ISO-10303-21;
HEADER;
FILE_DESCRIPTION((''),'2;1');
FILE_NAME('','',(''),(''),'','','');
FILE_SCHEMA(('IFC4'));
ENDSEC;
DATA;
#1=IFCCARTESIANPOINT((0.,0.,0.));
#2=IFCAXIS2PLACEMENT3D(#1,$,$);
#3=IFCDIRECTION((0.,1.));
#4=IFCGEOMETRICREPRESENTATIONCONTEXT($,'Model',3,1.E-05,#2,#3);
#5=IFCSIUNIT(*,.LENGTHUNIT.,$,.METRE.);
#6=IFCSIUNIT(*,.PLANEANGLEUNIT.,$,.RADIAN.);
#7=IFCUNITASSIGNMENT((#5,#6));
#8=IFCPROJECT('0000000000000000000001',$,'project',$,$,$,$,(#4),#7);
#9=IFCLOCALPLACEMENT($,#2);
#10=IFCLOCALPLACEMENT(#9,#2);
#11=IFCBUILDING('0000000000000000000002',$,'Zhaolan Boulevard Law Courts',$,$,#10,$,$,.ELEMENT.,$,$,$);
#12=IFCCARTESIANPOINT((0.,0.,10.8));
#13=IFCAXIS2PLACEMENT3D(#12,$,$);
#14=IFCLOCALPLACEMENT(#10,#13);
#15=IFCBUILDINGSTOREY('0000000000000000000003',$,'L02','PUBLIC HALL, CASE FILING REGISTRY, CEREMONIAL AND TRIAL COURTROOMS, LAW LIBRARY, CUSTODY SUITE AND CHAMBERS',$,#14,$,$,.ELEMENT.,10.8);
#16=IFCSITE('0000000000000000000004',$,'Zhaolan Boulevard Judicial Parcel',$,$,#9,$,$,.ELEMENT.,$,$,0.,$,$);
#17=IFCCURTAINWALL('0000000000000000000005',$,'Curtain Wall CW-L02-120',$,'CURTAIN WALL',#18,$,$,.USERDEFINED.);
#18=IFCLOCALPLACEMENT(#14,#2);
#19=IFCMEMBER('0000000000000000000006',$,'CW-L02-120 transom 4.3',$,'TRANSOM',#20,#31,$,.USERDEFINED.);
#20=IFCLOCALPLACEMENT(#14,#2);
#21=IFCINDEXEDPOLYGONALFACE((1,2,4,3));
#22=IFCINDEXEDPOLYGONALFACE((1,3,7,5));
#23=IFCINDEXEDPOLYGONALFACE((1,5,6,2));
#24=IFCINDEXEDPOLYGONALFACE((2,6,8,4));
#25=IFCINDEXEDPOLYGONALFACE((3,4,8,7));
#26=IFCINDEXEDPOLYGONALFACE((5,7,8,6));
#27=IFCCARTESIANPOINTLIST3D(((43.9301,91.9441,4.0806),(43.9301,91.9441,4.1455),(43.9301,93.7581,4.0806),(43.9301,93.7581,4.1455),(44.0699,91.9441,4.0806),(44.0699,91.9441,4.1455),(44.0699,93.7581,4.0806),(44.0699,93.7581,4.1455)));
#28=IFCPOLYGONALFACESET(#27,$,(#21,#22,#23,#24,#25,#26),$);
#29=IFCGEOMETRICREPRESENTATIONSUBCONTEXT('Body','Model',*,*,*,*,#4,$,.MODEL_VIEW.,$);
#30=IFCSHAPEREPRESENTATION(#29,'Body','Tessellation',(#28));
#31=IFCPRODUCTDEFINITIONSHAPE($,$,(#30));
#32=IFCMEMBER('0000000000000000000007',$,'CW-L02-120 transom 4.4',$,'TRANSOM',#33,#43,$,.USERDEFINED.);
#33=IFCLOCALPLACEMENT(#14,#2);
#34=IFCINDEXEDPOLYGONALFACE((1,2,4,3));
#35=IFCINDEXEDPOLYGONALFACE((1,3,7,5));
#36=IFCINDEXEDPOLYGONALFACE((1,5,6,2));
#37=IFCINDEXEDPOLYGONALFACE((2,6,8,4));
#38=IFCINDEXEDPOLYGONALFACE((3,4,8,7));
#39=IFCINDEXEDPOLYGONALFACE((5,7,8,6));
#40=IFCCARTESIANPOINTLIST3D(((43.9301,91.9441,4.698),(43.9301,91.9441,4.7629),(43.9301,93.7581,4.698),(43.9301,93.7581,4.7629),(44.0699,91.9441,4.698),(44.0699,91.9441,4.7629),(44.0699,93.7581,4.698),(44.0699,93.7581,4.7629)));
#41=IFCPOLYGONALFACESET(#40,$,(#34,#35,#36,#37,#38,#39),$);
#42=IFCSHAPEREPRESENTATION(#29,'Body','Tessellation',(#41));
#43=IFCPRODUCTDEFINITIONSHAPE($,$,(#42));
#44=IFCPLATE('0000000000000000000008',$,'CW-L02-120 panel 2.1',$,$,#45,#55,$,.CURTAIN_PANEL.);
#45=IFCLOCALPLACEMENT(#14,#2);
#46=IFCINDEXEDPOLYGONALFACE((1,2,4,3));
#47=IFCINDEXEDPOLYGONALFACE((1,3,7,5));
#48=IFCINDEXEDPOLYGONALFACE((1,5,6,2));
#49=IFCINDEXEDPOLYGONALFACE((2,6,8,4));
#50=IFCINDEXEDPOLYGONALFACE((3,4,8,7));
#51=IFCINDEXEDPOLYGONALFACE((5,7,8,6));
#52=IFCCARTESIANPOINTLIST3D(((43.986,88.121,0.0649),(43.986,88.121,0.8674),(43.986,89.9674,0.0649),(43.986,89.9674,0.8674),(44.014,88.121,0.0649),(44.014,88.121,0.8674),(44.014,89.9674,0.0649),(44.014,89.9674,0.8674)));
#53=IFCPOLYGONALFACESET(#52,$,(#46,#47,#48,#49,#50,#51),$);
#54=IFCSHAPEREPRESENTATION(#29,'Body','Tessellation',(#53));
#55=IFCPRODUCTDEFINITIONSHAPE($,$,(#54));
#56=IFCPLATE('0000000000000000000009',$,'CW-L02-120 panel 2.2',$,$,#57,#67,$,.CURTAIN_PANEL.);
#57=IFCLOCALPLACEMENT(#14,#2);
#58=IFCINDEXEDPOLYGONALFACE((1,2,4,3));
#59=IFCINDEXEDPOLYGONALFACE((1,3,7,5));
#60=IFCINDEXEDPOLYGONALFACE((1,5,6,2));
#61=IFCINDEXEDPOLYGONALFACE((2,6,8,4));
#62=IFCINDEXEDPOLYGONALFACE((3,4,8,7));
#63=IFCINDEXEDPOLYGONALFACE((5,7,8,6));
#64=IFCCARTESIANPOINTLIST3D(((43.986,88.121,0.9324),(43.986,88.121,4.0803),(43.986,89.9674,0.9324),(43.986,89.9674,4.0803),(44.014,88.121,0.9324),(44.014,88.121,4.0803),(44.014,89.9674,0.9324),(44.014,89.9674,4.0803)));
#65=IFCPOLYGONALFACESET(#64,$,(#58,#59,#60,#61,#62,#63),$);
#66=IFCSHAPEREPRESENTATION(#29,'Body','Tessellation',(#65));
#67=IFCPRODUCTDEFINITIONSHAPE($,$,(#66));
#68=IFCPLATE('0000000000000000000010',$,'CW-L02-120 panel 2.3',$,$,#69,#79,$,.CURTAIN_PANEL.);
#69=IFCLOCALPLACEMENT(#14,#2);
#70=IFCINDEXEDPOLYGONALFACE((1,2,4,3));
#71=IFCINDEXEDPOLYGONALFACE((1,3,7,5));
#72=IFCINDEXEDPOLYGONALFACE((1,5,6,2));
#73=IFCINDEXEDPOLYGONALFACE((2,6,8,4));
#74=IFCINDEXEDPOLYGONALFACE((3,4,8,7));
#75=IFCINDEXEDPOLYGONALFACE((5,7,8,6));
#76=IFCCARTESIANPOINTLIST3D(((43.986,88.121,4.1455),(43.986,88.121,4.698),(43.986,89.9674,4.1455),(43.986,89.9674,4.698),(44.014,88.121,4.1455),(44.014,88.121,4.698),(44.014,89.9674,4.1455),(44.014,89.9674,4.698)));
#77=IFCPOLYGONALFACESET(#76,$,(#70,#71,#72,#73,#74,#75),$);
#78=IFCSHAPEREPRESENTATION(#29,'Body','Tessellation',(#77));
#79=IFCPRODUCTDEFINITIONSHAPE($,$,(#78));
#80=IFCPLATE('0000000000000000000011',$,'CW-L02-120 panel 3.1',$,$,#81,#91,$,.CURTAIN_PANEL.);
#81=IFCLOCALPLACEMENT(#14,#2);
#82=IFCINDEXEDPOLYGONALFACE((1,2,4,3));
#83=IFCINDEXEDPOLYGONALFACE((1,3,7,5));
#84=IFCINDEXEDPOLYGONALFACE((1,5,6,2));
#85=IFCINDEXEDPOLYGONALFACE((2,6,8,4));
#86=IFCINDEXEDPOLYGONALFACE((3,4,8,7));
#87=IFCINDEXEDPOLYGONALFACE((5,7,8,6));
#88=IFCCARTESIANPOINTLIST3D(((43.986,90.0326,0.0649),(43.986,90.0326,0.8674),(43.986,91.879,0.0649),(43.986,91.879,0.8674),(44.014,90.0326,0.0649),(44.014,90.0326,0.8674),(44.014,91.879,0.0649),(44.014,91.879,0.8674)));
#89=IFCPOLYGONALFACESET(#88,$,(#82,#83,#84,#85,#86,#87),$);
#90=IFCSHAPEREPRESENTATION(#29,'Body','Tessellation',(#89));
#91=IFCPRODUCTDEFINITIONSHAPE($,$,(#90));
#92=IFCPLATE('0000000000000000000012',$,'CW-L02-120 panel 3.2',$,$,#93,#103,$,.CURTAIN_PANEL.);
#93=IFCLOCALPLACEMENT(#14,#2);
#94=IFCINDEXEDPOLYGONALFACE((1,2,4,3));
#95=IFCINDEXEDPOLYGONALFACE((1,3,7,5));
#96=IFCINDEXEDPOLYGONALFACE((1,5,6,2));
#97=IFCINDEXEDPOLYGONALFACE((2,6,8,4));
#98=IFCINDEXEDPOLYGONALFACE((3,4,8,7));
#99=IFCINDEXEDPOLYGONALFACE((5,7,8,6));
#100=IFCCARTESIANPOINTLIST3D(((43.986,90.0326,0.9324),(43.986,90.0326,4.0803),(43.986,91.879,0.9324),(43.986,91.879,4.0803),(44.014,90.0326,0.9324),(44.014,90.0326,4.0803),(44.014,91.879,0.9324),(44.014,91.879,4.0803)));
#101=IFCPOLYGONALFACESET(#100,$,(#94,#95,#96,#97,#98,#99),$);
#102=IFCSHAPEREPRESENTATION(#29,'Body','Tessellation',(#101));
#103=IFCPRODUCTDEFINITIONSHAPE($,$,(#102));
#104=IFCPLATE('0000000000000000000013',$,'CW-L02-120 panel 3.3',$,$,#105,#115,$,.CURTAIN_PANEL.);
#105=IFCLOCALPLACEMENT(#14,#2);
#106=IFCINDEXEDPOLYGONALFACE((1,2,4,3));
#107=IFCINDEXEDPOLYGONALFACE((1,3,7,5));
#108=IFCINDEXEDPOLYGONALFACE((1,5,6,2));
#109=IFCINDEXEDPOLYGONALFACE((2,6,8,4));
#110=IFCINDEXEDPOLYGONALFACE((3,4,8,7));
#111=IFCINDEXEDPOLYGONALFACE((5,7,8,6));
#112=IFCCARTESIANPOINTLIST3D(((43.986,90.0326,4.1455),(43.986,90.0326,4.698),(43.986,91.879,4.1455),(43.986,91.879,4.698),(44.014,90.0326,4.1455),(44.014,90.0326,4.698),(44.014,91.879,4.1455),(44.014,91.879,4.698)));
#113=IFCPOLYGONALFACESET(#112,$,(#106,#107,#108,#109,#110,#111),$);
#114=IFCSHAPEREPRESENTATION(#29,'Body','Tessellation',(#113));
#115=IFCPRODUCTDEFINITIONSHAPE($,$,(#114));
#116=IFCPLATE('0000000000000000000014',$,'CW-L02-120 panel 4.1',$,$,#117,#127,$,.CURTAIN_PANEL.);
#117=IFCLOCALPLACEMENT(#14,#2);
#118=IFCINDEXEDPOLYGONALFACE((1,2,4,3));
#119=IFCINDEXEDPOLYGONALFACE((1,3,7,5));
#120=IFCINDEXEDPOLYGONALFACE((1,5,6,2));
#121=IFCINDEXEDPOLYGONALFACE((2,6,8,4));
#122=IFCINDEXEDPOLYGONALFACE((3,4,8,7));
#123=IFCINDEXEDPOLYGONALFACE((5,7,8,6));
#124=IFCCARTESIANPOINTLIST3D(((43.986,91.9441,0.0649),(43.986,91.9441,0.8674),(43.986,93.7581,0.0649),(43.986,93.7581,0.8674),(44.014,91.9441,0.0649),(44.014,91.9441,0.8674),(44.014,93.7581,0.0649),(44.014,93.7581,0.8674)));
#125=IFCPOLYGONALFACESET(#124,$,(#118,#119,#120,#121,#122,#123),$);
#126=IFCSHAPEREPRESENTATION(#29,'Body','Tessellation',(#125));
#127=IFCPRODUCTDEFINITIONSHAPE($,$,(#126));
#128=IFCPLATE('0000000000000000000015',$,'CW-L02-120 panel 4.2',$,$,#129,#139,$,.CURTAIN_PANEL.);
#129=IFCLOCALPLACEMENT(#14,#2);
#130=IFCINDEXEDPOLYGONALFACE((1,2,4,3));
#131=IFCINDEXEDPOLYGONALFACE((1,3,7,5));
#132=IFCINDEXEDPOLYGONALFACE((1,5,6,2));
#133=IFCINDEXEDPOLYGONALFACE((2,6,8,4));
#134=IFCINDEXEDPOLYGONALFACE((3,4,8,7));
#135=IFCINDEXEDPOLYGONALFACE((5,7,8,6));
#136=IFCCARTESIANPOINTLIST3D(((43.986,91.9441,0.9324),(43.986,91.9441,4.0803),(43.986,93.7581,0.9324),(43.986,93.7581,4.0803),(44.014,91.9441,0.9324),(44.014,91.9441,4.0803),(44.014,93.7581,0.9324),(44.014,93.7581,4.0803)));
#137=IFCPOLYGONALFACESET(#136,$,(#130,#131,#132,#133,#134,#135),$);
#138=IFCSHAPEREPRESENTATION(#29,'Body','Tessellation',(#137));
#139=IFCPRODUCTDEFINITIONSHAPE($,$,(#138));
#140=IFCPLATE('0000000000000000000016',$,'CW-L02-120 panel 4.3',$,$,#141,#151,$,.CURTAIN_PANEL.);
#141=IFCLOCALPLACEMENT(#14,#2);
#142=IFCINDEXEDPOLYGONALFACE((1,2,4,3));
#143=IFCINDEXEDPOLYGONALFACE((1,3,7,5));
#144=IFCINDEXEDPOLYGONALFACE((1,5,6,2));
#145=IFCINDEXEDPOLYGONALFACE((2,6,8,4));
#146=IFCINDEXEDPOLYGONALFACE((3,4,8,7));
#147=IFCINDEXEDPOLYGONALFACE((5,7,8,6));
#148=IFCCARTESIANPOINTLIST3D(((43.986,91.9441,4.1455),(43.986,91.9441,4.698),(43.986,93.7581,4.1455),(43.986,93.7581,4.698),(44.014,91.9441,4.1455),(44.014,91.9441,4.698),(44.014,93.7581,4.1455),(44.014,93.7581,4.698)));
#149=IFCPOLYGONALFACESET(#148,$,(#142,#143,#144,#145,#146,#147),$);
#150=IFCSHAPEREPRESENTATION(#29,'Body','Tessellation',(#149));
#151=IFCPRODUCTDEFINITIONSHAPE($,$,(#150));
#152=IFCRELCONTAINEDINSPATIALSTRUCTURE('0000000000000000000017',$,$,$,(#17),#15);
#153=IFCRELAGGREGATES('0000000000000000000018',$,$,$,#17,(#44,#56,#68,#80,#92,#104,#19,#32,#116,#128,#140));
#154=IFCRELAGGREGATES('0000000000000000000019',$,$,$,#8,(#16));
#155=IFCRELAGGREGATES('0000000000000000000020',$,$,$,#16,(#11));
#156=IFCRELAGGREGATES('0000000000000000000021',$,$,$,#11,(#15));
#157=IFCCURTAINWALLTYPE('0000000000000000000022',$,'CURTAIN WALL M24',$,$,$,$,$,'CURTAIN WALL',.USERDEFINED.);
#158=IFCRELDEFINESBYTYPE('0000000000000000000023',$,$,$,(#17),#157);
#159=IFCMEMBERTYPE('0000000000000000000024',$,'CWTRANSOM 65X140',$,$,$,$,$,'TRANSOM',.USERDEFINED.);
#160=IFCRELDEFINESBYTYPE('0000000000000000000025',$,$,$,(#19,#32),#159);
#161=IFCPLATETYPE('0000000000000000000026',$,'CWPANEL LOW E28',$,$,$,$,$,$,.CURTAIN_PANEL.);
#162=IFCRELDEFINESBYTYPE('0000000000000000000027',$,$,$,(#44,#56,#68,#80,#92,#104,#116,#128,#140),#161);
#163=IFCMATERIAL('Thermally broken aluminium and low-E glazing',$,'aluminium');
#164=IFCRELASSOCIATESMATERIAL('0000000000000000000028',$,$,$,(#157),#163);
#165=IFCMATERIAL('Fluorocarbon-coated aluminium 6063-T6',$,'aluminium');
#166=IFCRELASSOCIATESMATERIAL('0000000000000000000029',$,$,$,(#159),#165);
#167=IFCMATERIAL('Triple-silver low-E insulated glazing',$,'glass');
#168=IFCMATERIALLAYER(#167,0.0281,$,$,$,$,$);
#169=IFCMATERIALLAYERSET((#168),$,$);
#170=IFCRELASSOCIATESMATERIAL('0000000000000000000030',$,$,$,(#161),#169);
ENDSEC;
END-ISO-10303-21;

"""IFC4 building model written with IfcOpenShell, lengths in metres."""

from ifc_helpers import new_model, si_unit, direction, frame, origin, origin_2d, place, context, subcontext, project, spatial, rectangle, extrude, material, layer, layer_set, material_profile, profile_set, type_object, element, aggregate, save


model = new_model("IFC4")

# Units and contexts
model_context = context("Model", 3, precision=1e-05, world=origin(), true_north=direction((0.0, 1.0)))
body_context = subcontext(model_context, "Body", "Model", "MODEL_VIEW")
ifc_project = project(units=[si_unit("LENGTHUNIT", "METRE"), si_unit("PLANEANGLEUNIT", "RADIAN")], contexts=[model_context])

# Site, building, storey
site_placement = place(None, origin())
site = spatial("IfcSite", under=ifc_project, at=site_placement, Name="Zhaolan Boulevard Judicial Parcel", CompositionType="ELEMENT", RefElevation=0.0)
building_placement = place(site_placement, origin())
building = spatial("IfcBuilding", under=site, at=building_placement, Name="Zhaolan Boulevard Law Courts", CompositionType="ELEMENT")
storey_placement = place(building_placement, frame((0.0, 0.0, 10.8)))
storey = spatial("IfcBuildingStorey", under=building, at=storey_placement, Name="L02", Description="PUBLIC HALL, CASE FILING REGISTRY, CEREMONIAL AND TRIAL COURTROOMS, LAW LIBRARY, CUSTODY SUITE AND CHAMBERS", CompositionType="ELEMENT", Elevation=10.8)

# Curtain wall, members, plates
ifc_material_1 = material(Name="Thermally broken aluminium and low-E glazing", Category="aluminium")
curtain_wall_type = type_object("IfcCurtainWallType", Name="CURTAIN WALL M24", ElementType="CURTAIN WALL", PredefinedType="USERDEFINED", material=ifc_material_1)
curtain_wall_placement = place(storey_placement, origin())
curtain_wall = element("IfcCurtainWall", 1, at=curtain_wall_placement, inside=storey, type_object=curtain_wall_type, Name="Curtain Wall CW-L02-120", ObjectType="CURTAIN WALL", PredefinedType="USERDEFINED")
ifc_material_2 = material(Name="Fluorocarbon-coated aluminium 6063-T6", Category="aluminium")
ifc_material_profile_1 = material_profile(ifc_material_2, rectangle(XDim=0.1399, YDim=0.0649, at=origin_2d()), Name="AL65x140")
ifc_profile_set_1 = profile_set([ifc_material_profile_1], Name="Fluorocarbon-coated aluminium 6063-T6")
member_type_1 = type_object("IfcMemberType", Name="CWTRANSOM 65X140", ElementType="TRANSOM", PredefinedType="USERDEFINED", material=ifc_profile_set_1)
member_1_placement = place(storey_placement, frame((44.0, 91.9441, 4.113), z_axis=(0.0, 1.0, 0.0), x_axis=(-1.0, 0.0, 0.0)))
member_1 = element("IfcMember", 2, at=member_1_placement, type_object=member_type_1, Name="CW-L02-120 transom 4.3", ObjectType="TRANSOM", PredefinedType="USERDEFINED", context=body_context, shape_type="SweptSolid", body=[
    extrude(rectangle(XDim=0.1399, YDim=0.0649, at=origin_2d()), origin(), (0.0, 0.0, 1.0), 1.814),
])
member_2_placement = place(storey_placement, frame((44.0, 91.9441, 4.7305), z_axis=(0.0, 1.0, 0.0), x_axis=(-1.0, 0.0, 0.0)))
member_2 = element("IfcMember", 3, at=member_2_placement, type_object=member_type_1, Name="CW-L02-120 transom 4.4", ObjectType="TRANSOM", PredefinedType="USERDEFINED", context=body_context, shape_type="SweptSolid", body=[
    extrude(rectangle(XDim=0.1399, YDim=0.0649, at=origin_2d()), origin(), (0.0, 0.0, 1.0), 1.814),
])
ifc_material_3 = material(Name="Triple-silver low-E insulated glazing", Category="glass")
ifc_layer = layer(ifc_material_3, 0.0281)
ifc_layer_set = layer_set([ifc_layer])
plate_type = type_object("IfcPlateType", Name="CWPANEL LOW E28", PredefinedType="CURTAIN_PANEL", material=ifc_layer_set)
plate_1_placement = place(storey_placement, frame((44.0, 89.0442, 0.0649), z_axis=(0.0, 0.0, 1.0), x_axis=(0.0, 1.0, 0.0)))
plate_1 = element("IfcPlate", 4, at=plate_1_placement, type_object=plate_type, Name="CW-L02-120 panel 2.1", PredefinedType="CURTAIN_PANEL", context=body_context, shape_type="SweptSolid", body=[
    extrude(rectangle(XDim=1.8464, YDim=0.0281, at=origin_2d()), origin(), (0.0, 0.0, 1.0), 0.8025),
])
plate_2_placement = place(storey_placement, frame((44.0, 89.0442, 0.9324), z_axis=(0.0, 0.0, 1.0), x_axis=(0.0, 1.0, 0.0)))
plate_2 = element("IfcPlate", 5, at=plate_2_placement, type_object=plate_type, Name="CW-L02-120 panel 2.2", PredefinedType="CURTAIN_PANEL", context=body_context, shape_type="SweptSolid", body=[
    extrude(rectangle(XDim=1.8464, YDim=0.0281, at=origin_2d()), origin(), (0.0, 0.0, 1.0), 3.1479),
])
plate_3_placement = place(storey_placement, frame((44.0, 89.0442, 4.1455), z_axis=(0.0, 0.0, 1.0), x_axis=(0.0, 1.0, 0.0)))
plate_3 = element("IfcPlate", 6, at=plate_3_placement, type_object=plate_type, Name="CW-L02-120 panel 2.3", PredefinedType="CURTAIN_PANEL", context=body_context, shape_type="SweptSolid", body=[
    extrude(rectangle(XDim=1.8464, YDim=0.0281, at=origin_2d()), origin(), (0.0, 0.0, 1.0), 0.5525),
])
plate_4_placement = place(storey_placement, frame((44.0, 90.9558, 0.0649), z_axis=(0.0, 0.0, 1.0), x_axis=(0.0, 1.0, 0.0)))
plate_4 = element("IfcPlate", 7, at=plate_4_placement, type_object=plate_type, Name="CW-L02-120 panel 3.1", PredefinedType="CURTAIN_PANEL", context=body_context, shape_type="SweptSolid", body=[
    extrude(rectangle(XDim=1.8464, YDim=0.0281, at=origin_2d()), origin(), (0.0, 0.0, 1.0), 0.8025),
])
plate_5_placement = place(storey_placement, frame((44.0, 90.9558, 0.9324), z_axis=(0.0, 0.0, 1.0), x_axis=(0.0, 1.0, 0.0)))
plate_5 = element("IfcPlate", 8, at=plate_5_placement, type_object=plate_type, Name="CW-L02-120 panel 3.2", PredefinedType="CURTAIN_PANEL", context=body_context, shape_type="SweptSolid", body=[
    extrude(rectangle(XDim=1.8464, YDim=0.0281, at=origin_2d()), origin(), (0.0, 0.0, 1.0), 3.1479),
])
plate_6_placement = place(storey_placement, frame((44.0, 90.9558, 4.1455), z_axis=(0.0, 0.0, 1.0), x_axis=(0.0, 1.0, 0.0)))
plate_6 = element("IfcPlate", 9, at=plate_6_placement, type_object=plate_type, Name="CW-L02-120 panel 3.3", PredefinedType="CURTAIN_PANEL", context=body_context, shape_type="SweptSolid", body=[
    extrude(rectangle(XDim=1.8464, YDim=0.0281, at=origin_2d()), origin(), (0.0, 0.0, 1.0), 0.5525),
])
plate_7_placement = place(storey_placement, frame((44.0, 92.8511, 0.0649), z_axis=(0.0, 0.0, 1.0), x_axis=(0.0, 1.0, 0.0)))
plate_7 = element("IfcPlate", 10, at=plate_7_placement, type_object=plate_type, Name="CW-L02-120 panel 4.1", PredefinedType="CURTAIN_PANEL", context=body_context, shape_type="SweptSolid", body=[
    extrude(rectangle(XDim=1.814, YDim=0.0281, at=origin_2d()), origin(), (0.0, 0.0, 1.0), 0.8025),
])
plate_8_placement = place(storey_placement, frame((44.0, 92.8511, 0.9324), z_axis=(0.0, 0.0, 1.0), x_axis=(0.0, 1.0, 0.0)))
plate_8 = element("IfcPlate", 11, at=plate_8_placement, type_object=plate_type, Name="CW-L02-120 panel 4.2", PredefinedType="CURTAIN_PANEL", context=body_context, shape_type="SweptSolid", body=[
    extrude(rectangle(XDim=1.814, YDim=0.0281, at=origin_2d()), origin(), (0.0, 0.0, 1.0), 3.1479),
])
plate_9_placement = place(storey_placement, frame((44.0, 92.8511, 4.1455), z_axis=(0.0, 0.0, 1.0), x_axis=(0.0, 1.0, 0.0)))
plate_9 = element("IfcPlate", 12, at=plate_9_placement, type_object=plate_type, Name="CW-L02-120 panel 4.3", PredefinedType="CURTAIN_PANEL", context=body_context, shape_type="SweptSolid", body=[
    extrude(rectangle(XDim=1.814, YDim=0.0281, at=origin_2d()), origin(), (0.0, 0.0, 1.0), 0.5525),
])
aggregate(curtain_wall, [plate_1, plate_2, plate_3, plate_4, plate_5, plate_6, member_1, member_2, plate_7, plate_8, plate_9])

save(model, "model.ifc")
